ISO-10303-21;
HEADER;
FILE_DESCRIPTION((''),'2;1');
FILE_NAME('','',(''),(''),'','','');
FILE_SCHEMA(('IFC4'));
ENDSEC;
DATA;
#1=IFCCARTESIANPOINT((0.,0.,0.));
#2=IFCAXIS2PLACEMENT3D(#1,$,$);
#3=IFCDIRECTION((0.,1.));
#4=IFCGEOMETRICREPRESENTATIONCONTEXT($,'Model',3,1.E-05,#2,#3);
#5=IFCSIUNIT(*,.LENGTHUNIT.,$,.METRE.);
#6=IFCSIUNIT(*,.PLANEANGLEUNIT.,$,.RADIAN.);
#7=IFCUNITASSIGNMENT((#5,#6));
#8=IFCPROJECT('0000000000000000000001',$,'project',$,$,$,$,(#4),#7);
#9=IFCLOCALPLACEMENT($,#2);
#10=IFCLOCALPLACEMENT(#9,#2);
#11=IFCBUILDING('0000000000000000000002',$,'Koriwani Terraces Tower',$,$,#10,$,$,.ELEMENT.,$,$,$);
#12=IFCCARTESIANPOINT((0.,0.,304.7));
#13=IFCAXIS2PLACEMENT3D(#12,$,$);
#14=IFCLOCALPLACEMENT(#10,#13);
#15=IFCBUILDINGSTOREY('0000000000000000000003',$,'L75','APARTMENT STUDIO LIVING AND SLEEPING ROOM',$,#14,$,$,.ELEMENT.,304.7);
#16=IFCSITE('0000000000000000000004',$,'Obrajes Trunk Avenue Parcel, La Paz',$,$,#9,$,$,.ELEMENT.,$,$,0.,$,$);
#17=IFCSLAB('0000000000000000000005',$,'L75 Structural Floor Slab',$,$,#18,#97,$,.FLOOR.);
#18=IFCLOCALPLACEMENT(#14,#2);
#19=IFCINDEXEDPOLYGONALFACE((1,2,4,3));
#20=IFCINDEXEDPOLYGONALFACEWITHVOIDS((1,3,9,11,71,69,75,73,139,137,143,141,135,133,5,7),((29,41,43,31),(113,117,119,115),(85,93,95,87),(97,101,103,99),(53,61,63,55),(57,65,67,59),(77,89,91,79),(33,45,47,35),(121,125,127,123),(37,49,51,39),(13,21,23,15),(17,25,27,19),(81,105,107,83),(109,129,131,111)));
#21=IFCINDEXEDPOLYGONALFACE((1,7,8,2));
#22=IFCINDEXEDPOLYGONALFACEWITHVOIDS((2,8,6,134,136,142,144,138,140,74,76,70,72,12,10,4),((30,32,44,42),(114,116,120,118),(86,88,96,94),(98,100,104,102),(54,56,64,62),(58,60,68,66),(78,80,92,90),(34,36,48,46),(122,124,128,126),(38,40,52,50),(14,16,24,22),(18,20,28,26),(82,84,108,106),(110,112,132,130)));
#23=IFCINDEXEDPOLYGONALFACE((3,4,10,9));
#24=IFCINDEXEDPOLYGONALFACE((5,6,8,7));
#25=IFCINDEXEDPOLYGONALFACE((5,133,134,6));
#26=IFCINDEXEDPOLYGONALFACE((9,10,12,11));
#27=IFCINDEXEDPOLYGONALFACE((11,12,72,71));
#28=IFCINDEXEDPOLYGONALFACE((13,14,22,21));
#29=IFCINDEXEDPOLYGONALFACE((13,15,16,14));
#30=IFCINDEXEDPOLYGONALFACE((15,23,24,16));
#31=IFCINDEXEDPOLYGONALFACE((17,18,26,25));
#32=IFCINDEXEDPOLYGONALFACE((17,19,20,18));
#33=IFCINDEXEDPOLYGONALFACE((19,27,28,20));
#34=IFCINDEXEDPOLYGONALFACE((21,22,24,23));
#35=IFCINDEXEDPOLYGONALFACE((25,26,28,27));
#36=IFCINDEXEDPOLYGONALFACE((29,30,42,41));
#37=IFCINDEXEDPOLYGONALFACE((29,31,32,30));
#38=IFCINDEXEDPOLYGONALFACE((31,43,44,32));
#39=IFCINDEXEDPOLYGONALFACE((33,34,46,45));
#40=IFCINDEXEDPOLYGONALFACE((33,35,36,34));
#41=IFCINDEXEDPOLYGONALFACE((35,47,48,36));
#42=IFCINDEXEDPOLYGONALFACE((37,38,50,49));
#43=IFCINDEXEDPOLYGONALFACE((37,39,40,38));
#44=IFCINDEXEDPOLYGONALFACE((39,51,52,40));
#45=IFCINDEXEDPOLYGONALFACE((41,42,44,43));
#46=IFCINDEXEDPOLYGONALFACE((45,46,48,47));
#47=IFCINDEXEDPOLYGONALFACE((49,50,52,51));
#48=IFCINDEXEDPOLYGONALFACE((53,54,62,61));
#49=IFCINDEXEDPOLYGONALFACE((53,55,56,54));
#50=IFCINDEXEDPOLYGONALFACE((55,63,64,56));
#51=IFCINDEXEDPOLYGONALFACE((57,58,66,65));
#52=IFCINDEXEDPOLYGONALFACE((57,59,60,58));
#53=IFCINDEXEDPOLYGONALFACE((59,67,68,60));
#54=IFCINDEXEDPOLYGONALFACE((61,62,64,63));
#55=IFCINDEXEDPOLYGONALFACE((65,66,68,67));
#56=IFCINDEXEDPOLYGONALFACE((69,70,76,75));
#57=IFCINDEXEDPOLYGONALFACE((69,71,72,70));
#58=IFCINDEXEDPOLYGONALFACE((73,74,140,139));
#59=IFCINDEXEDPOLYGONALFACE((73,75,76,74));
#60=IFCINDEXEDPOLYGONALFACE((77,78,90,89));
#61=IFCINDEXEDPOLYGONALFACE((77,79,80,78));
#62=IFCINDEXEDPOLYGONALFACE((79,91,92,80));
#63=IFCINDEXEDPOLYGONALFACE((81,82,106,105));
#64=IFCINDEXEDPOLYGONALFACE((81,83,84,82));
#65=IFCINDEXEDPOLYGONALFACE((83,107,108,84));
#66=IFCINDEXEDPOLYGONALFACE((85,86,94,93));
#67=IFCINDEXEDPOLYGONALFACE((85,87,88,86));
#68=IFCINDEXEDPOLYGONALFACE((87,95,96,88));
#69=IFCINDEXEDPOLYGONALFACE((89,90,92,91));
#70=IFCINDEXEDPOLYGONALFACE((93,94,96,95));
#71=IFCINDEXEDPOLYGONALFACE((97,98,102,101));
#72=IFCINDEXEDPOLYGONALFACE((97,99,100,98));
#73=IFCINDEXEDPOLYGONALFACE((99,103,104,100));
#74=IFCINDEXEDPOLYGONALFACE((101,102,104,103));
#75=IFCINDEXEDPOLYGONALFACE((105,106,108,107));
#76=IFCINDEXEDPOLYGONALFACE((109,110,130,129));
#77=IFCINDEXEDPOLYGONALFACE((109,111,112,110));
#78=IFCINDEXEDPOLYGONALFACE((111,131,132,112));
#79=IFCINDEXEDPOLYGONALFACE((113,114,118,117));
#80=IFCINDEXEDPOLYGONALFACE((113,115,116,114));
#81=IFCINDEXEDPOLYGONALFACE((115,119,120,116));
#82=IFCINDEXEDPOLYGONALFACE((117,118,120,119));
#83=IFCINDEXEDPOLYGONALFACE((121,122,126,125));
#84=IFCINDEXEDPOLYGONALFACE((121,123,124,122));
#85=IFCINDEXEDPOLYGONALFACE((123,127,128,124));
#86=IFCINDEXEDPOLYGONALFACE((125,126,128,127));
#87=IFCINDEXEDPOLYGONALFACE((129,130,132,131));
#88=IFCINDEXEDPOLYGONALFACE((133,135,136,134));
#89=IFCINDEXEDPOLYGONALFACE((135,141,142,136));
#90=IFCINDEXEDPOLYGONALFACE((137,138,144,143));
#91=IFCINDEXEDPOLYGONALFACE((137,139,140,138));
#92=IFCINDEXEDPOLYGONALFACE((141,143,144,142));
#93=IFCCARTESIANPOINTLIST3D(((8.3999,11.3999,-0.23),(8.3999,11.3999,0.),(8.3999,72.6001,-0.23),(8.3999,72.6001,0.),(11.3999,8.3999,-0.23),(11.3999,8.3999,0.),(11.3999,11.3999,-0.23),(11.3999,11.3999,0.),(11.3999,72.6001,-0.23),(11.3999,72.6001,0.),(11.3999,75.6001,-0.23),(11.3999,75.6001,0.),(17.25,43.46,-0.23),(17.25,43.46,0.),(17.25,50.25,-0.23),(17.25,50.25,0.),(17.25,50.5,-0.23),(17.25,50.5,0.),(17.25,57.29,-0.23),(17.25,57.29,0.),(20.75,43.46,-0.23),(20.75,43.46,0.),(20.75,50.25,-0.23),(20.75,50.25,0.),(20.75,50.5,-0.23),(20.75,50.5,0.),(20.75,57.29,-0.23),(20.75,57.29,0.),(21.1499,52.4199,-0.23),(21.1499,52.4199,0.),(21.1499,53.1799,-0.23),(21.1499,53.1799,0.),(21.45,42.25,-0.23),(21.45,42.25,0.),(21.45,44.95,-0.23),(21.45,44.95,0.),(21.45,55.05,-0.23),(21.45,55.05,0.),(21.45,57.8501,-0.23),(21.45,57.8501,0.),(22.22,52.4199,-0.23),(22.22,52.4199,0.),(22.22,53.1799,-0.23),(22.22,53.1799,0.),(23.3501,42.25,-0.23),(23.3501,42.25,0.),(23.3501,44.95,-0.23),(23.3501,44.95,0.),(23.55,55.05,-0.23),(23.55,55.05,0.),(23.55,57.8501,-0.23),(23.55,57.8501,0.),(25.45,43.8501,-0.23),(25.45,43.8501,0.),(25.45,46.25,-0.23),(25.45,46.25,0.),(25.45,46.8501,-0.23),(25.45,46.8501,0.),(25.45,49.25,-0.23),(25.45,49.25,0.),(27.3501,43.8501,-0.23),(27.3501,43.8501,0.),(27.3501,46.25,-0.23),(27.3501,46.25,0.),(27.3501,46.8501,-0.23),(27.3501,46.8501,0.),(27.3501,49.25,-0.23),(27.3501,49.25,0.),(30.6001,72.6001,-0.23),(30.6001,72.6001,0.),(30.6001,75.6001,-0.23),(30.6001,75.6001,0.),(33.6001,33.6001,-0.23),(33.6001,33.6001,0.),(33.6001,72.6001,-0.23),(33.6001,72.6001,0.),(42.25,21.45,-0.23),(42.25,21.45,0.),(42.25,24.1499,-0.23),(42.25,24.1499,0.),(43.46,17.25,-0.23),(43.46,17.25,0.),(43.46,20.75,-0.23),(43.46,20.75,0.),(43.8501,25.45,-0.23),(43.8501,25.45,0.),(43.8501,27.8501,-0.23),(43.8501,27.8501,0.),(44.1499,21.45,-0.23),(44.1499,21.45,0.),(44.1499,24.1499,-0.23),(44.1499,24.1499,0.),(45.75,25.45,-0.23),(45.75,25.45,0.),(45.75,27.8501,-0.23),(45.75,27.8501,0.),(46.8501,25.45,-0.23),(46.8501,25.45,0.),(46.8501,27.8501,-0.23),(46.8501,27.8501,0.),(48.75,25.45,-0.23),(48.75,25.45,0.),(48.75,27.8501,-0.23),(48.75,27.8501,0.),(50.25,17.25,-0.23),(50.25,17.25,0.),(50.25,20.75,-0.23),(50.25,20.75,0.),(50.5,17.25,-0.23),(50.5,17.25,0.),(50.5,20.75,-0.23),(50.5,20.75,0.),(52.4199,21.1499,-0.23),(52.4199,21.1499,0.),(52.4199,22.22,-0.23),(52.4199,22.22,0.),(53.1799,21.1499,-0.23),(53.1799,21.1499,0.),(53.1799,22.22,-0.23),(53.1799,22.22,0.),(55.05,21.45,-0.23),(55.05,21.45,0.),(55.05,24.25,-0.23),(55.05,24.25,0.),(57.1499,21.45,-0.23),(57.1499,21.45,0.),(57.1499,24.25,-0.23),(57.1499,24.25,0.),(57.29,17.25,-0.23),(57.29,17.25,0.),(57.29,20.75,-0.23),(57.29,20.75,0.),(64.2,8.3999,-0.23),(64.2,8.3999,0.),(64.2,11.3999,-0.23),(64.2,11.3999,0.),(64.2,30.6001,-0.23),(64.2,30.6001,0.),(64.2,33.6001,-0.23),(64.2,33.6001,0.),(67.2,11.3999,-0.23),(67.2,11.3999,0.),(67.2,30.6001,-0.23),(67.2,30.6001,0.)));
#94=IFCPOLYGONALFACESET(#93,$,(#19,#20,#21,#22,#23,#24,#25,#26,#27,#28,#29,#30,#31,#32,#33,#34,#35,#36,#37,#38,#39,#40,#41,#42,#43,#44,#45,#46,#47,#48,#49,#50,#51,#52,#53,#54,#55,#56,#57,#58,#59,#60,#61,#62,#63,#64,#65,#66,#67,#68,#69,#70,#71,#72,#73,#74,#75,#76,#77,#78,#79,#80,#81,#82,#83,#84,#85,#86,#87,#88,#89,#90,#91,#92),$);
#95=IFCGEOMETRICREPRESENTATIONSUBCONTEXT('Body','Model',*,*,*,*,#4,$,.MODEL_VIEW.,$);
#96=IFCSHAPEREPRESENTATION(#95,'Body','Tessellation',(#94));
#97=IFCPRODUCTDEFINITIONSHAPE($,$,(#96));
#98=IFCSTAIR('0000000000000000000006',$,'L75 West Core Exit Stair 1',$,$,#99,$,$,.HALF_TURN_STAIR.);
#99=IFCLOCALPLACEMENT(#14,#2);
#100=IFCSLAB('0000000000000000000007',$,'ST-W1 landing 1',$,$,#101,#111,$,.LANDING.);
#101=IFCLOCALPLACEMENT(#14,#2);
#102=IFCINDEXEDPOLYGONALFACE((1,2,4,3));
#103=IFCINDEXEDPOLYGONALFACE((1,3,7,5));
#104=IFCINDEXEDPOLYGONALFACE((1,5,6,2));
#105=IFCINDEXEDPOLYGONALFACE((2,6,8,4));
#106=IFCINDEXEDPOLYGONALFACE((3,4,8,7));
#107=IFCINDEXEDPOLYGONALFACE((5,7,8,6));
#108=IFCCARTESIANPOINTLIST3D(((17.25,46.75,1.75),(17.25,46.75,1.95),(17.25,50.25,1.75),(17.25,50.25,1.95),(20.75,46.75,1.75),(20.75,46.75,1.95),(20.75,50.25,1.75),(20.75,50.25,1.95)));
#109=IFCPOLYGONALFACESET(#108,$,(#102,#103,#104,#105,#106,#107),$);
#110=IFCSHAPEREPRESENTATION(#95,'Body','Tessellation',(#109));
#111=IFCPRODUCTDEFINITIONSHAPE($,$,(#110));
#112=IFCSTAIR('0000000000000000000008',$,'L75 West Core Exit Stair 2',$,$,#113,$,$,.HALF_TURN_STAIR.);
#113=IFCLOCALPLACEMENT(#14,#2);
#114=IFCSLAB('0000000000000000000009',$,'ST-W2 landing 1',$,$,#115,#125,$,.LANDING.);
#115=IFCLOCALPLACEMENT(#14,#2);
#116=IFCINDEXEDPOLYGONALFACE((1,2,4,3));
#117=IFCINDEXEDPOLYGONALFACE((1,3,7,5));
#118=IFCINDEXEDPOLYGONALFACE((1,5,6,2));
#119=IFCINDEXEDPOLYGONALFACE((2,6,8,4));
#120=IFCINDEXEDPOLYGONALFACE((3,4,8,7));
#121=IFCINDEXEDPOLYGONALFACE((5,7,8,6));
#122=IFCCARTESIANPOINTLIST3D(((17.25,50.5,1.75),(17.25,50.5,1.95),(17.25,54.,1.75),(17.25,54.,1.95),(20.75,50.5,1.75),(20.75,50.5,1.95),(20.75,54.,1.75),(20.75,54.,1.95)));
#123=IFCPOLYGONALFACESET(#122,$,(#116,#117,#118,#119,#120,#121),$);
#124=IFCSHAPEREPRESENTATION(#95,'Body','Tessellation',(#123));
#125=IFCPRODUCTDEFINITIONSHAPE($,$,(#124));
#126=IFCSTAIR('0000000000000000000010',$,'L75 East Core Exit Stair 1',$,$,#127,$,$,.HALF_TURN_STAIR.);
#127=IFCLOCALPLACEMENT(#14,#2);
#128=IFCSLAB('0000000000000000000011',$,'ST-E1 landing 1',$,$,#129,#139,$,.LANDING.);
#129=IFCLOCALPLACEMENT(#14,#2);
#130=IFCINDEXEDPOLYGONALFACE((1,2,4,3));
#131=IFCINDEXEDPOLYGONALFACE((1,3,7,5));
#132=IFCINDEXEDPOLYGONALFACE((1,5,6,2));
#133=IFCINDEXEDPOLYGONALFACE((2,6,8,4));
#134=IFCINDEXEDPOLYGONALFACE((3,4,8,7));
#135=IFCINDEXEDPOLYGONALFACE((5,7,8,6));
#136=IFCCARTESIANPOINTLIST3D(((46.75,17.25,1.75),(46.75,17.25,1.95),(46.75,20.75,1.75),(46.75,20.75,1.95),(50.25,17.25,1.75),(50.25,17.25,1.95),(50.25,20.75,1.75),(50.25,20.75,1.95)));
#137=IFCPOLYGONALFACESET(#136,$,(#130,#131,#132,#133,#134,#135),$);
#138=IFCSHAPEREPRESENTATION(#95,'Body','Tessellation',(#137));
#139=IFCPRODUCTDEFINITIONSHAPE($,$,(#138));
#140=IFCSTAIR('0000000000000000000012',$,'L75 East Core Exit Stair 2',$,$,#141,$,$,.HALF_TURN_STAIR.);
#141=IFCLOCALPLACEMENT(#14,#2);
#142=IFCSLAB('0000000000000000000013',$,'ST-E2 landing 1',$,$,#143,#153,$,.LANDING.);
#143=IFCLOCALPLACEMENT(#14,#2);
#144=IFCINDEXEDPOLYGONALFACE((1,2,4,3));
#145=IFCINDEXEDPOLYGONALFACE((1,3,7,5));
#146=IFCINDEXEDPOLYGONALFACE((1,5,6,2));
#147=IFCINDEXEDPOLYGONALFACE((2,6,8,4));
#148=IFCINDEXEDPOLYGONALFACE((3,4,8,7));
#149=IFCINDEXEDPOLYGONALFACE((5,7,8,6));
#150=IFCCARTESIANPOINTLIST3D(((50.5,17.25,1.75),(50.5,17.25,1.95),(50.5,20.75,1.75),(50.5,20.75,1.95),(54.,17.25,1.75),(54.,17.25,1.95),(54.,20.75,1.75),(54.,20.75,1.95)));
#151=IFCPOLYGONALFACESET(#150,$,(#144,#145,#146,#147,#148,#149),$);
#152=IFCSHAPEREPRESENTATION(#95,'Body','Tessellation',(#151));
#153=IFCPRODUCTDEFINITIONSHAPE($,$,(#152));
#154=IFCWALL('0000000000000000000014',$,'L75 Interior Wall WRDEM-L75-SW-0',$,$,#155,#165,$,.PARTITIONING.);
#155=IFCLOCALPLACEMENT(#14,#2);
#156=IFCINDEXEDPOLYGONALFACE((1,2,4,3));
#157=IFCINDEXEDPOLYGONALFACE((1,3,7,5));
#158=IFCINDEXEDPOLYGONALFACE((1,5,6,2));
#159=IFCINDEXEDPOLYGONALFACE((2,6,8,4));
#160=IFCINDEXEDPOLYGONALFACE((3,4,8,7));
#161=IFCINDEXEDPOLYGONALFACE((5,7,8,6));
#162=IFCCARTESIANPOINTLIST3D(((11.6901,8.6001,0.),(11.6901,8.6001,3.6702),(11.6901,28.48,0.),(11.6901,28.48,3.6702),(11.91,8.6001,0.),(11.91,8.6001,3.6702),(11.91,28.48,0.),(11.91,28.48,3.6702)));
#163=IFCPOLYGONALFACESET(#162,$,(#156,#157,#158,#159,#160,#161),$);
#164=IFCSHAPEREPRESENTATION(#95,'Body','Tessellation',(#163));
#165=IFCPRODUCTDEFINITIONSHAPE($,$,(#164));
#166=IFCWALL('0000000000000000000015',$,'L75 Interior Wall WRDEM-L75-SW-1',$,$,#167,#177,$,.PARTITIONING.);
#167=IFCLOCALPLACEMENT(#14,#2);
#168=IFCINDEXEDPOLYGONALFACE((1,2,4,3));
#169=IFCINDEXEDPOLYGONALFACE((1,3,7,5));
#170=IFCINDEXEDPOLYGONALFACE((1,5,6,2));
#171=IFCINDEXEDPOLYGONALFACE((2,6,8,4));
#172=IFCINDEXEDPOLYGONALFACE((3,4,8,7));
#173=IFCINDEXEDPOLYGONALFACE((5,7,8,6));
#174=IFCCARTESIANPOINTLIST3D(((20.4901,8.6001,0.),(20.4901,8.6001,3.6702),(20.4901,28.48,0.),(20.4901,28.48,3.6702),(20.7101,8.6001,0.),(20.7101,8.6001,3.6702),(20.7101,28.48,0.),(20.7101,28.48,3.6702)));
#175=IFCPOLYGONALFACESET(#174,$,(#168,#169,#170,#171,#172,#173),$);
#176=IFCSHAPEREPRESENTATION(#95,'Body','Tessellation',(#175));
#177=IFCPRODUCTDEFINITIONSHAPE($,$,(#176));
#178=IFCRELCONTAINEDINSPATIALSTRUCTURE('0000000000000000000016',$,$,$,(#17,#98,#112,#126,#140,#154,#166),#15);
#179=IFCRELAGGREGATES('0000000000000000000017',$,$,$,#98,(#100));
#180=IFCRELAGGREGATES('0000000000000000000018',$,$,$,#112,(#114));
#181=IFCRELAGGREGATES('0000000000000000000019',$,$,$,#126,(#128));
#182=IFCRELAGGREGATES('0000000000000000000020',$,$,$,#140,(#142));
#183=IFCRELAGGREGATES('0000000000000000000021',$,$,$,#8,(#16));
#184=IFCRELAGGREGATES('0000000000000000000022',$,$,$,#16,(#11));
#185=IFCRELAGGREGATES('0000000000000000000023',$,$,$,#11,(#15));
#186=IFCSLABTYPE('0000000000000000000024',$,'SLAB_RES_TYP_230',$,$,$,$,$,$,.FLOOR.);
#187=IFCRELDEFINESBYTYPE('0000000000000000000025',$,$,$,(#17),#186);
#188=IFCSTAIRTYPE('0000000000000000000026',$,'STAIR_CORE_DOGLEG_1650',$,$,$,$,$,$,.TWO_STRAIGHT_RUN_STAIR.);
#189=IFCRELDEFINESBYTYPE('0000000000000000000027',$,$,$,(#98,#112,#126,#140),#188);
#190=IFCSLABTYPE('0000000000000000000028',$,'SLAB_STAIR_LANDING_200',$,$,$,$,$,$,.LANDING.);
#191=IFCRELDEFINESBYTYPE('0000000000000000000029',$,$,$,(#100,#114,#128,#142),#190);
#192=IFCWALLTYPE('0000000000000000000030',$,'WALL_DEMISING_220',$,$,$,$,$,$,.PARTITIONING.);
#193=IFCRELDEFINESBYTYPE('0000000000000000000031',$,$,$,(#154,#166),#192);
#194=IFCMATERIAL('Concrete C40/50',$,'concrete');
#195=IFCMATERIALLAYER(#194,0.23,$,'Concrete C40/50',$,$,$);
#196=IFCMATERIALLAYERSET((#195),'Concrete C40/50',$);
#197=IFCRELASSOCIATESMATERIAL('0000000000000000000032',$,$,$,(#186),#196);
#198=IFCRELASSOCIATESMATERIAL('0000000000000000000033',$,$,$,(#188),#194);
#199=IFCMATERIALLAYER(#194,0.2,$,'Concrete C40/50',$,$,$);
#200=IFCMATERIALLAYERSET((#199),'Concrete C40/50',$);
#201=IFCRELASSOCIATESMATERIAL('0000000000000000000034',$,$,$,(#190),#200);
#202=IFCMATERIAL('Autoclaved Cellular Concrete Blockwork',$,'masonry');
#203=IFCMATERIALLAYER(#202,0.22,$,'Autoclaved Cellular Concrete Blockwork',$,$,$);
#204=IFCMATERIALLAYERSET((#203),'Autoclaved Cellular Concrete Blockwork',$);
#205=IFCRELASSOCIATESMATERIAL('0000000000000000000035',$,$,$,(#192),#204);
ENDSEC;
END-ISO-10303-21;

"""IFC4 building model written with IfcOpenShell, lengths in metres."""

from ifc_helpers import new_model, si_unit, direction, frame, frame_2d, origin, place, context, subcontext, project, spatial, polyline, rectangle, outline, extrude, material, layer, layer_set, type_object, element, aggregate, save


model = new_model("IFC4")

# Units and contexts
model_context = context("Model", 3, precision=1e-05, world=origin(), true_north=direction((0.0, 1.0)))
body_context = subcontext(model_context, "Body", "Model", "MODEL_VIEW")
ifc_project = project(units=[si_unit("LENGTHUNIT", "METRE"), si_unit("PLANEANGLEUNIT", "RADIAN")], contexts=[model_context])

# Site, building, storey
site_placement = place(None, origin())
site = spatial("IfcSite", under=ifc_project, at=site_placement, Name="Obrajes Trunk Avenue Parcel, La Paz", CompositionType="ELEMENT", RefElevation=0.0)
building_placement = place(site_placement, origin())
building = spatial("IfcBuilding", under=site, at=building_placement, Name="Koriwani Terraces Tower", CompositionType="ELEMENT")
storey_placement = place(building_placement, frame((0.0, 0.0, 304.7)))
storey = spatial("IfcBuildingStorey", under=building, at=storey_placement, Name="L75", Description="APARTMENT STUDIO LIVING AND SLEEPING ROOM", CompositionType="ELEMENT", Elevation=304.7)

# Shared definitions
ifc_material_1 = material(Name="Concrete C40/50", Category="concrete")

# Slab
ifc_layer_1 = layer(ifc_material_1, 0.23, Name="Concrete C40/50")
ifc_layer_set_1 = layer_set([ifc_layer_1], Name="Concrete C40/50")
slab_type_1 = type_object("IfcSlabType", Name="SLAB_RES_TYP_230", PredefinedType="FLOOR", material=ifc_layer_set_1)
slab_1_placement = place(storey_placement, frame((0.0, 0.0, -0.23)))
element("IfcSlab", 1, at=slab_1_placement, inside=storey, type_object=slab_type_1, Name="L75 Structural Floor Slab", PredefinedType="FLOOR", context=body_context, shape_type="SweptSolid", body=[
    extrude(outline(polyline([(11.3999, 8.3999), (64.2, 8.3999), (64.2, 11.3999), (67.2, 11.3999), (67.2, 30.6001), (64.2, 30.6001), (64.2, 33.6001), (33.6001, 33.6001), (33.6001, 72.6001), (30.6001, 72.6001), (30.6001, 75.6001), (11.3999, 75.6001), (11.3999, 72.6001), (8.3999, 72.6001), (8.3999, 11.3999), (11.3999, 11.3999), (11.3999, 8.3999)]), holes=[polyline([(17.25, 43.46), (20.75, 43.46), (20.75, 50.25), (17.25, 50.25), (17.25, 43.46)]), polyline([(17.25, 50.5), (20.75, 50.5), (20.75, 57.29), (17.25, 57.29), (17.25, 50.5)]), polyline([(43.46, 17.25), (50.25, 17.25), (50.25, 20.75), (43.46, 20.75), (43.46, 17.25)]), polyline([(50.5, 17.25), (57.29, 17.25), (57.29, 20.75), (50.5, 20.75), (50.5, 17.25)]), polyline([(25.45, 43.8501), (27.3501, 43.8501), (27.3501, 46.25), (25.45, 46.25), (25.45, 43.8501)]), polyline([(25.45, 46.8501), (27.3501, 46.8501), (27.3501, 49.25), (25.45, 49.25), (25.45, 46.8501)]), polyline([(43.8501, 25.45), (45.75, 25.45), (45.75, 27.8501), (43.8501, 27.8501), (43.8501, 25.45)]), polyline([(46.8501, 25.45), (48.75, 25.45), (48.75, 27.8501), (46.8501, 27.8501), (46.8501, 25.45)]), polyline([(21.45, 55.05), (23.55, 55.05), (23.55, 57.8501), (21.45, 57.8501), (21.45, 55.05)]), polyline([(55.05, 21.45), (57.1499, 21.45), (57.1499, 24.25), (55.05, 24.25), (55.05, 21.45)]), polyline([(21.45, 42.25), (23.3501, 42.25), (23.3501, 44.95), (21.45, 44.95), (21.45, 42.25)]), polyline([(42.25, 21.45), (44.1499, 21.45), (44.1499, 24.1499), (42.25, 24.1499), (42.25, 21.45)]), polyline([(21.1499, 52.4199), (22.22, 52.4199), (22.22, 53.1799), (21.1499, 53.1799), (21.1499, 52.4199)]), polyline([(52.4199, 21.1499), (53.1799, 21.1499), (53.1799, 22.22), (52.4199, 22.22), (52.4199, 21.1499)])]), origin(), (0.0, 0.0, 1.0), 0.23),
])

# Stairs, slabs
stair_type = type_object("IfcStairType", Name="STAIR_CORE_DOGLEG_1650", PredefinedType="TWO_STRAIGHT_RUN_STAIR", material=ifc_material_1)
stair_1_placement = place(storey_placement, origin())
stair_1 = element("IfcStair", 2, at=stair_1_placement, inside=storey, type_object=stair_type, Name="L75 West Core Exit Stair 1", PredefinedType="HALF_TURN_STAIR")
ifc_layer_2 = layer(ifc_material_1, 0.2, Name="Concrete C40/50")
ifc_layer_set_2 = layer_set([ifc_layer_2], Name="Concrete C40/50")
slab_type_2 = type_object("IfcSlabType", Name="SLAB_STAIR_LANDING_200", PredefinedType="LANDING", material=ifc_layer_set_2)
slab_2_placement = place(storey_placement, frame((0.0, 0.0, 1.75)))
slab_2 = element("IfcSlab", 3, at=slab_2_placement, type_object=slab_type_2, Name="ST-W1 landing 1", PredefinedType="LANDING", context=body_context, shape_type="SweptSolid", body=[
    extrude(outline(polyline([(20.75, 46.75), (20.75, 50.25), (17.25, 50.25), (17.25, 46.75), (20.75, 46.75)])), origin(), (0.0, 0.0, 1.0), 0.2),
])
aggregate(stair_1, [slab_2])
stair_2_placement = place(storey_placement, origin())
stair_2 = element("IfcStair", 4, at=stair_2_placement, inside=storey, type_object=stair_type, Name="L75 West Core Exit Stair 2", PredefinedType="HALF_TURN_STAIR")
slab_3_placement = place(storey_placement, frame((0.0, 0.0, 1.75)))
slab_3 = element("IfcSlab", 5, at=slab_3_placement, type_object=slab_type_2, Name="ST-W2 landing 1", PredefinedType="LANDING", context=body_context, shape_type="SweptSolid", body=[
    extrude(outline(polyline([(17.25, 54.0), (17.25, 50.5), (20.75, 50.5), (20.75, 54.0), (17.25, 54.0)])), origin(), (0.0, 0.0, 1.0), 0.2),
])
aggregate(stair_2, [slab_3])
stair_3_placement = place(storey_placement, origin())
stair_3 = element("IfcStair", 6, at=stair_3_placement, inside=storey, type_object=stair_type, Name="L75 East Core Exit Stair 1", PredefinedType="HALF_TURN_STAIR")
slab_4_placement = place(storey_placement, frame((0.0, 0.0, 1.75)))
slab_4 = element("IfcSlab", 7, at=slab_4_placement, type_object=slab_type_2, Name="ST-E1 landing 1", PredefinedType="LANDING", context=body_context, shape_type="SweptSolid", body=[
    extrude(outline(polyline([(46.75, 17.25), (50.25, 17.25), (50.25, 20.75), (46.75, 20.75), (46.75, 17.25)])), origin(), (0.0, 0.0, 1.0), 0.2),
])
aggregate(stair_3, [slab_4])
stair_4_placement = place(storey_placement, origin())
stair_4 = element("IfcStair", 8, at=stair_4_placement, inside=storey, type_object=stair_type, Name="L75 East Core Exit Stair 2", PredefinedType="HALF_TURN_STAIR")
slab_5_placement = place(storey_placement, frame((0.0, 0.0, 1.75)))
slab_5 = element("IfcSlab", 9, at=slab_5_placement, type_object=slab_type_2, Name="ST-E2 landing 1", PredefinedType="LANDING", context=body_context, shape_type="SweptSolid", body=[
    extrude(outline(polyline([(54.0, 20.75), (50.5, 20.75), (50.5, 17.25), (54.0, 17.25), (54.0, 20.75)])), origin(), (0.0, 0.0, 1.0), 0.2),
])
aggregate(stair_4, [slab_5])

# Walls
ifc_material_2 = material(Name="Autoclaved Cellular Concrete Blockwork", Category="masonry")
ifc_layer_3 = layer(ifc_material_2, 0.22, Name="Autoclaved Cellular Concrete Blockwork")
ifc_layer_set_3 = layer_set([ifc_layer_3], Name="Autoclaved Cellular Concrete Blockwork")
wall_type_1 = type_object("IfcWallType", Name="WALL_DEMISING_220", PredefinedType="PARTITIONING", material=ifc_layer_set_3)
for number, where, z_axis, x_axis, name in (
    (10, (11.8, 8.6001, 0.0), (0.0, 0.0, 1.0), (0.0, 1.0, 0.0), "L75 Interior Wall WRDEM-L75-SW-0"),
    (11, (20.6001, 8.6001, 0.0), (0.0, 0.0, 1.0), (0.0, 1.0, 0.0), "L75 Interior Wall WRDEM-L75-SW-1"),
):
    element("IfcWall", number, at=place(storey_placement, frame(where, z_axis=z_axis, x_axis=x_axis)), inside=storey, type_object=wall_type_1, Name=name, PredefinedType="PARTITIONING", context=body_context, shape_type="SweptSolid", body=[
        extrude(rectangle(XDim=19.8799, YDim=0.22, at=frame_2d((9.9399, 0.0))), origin(), (0.0, 0.0, 1.0), 3.6702),
    ])

save(model, "model.ifc")
